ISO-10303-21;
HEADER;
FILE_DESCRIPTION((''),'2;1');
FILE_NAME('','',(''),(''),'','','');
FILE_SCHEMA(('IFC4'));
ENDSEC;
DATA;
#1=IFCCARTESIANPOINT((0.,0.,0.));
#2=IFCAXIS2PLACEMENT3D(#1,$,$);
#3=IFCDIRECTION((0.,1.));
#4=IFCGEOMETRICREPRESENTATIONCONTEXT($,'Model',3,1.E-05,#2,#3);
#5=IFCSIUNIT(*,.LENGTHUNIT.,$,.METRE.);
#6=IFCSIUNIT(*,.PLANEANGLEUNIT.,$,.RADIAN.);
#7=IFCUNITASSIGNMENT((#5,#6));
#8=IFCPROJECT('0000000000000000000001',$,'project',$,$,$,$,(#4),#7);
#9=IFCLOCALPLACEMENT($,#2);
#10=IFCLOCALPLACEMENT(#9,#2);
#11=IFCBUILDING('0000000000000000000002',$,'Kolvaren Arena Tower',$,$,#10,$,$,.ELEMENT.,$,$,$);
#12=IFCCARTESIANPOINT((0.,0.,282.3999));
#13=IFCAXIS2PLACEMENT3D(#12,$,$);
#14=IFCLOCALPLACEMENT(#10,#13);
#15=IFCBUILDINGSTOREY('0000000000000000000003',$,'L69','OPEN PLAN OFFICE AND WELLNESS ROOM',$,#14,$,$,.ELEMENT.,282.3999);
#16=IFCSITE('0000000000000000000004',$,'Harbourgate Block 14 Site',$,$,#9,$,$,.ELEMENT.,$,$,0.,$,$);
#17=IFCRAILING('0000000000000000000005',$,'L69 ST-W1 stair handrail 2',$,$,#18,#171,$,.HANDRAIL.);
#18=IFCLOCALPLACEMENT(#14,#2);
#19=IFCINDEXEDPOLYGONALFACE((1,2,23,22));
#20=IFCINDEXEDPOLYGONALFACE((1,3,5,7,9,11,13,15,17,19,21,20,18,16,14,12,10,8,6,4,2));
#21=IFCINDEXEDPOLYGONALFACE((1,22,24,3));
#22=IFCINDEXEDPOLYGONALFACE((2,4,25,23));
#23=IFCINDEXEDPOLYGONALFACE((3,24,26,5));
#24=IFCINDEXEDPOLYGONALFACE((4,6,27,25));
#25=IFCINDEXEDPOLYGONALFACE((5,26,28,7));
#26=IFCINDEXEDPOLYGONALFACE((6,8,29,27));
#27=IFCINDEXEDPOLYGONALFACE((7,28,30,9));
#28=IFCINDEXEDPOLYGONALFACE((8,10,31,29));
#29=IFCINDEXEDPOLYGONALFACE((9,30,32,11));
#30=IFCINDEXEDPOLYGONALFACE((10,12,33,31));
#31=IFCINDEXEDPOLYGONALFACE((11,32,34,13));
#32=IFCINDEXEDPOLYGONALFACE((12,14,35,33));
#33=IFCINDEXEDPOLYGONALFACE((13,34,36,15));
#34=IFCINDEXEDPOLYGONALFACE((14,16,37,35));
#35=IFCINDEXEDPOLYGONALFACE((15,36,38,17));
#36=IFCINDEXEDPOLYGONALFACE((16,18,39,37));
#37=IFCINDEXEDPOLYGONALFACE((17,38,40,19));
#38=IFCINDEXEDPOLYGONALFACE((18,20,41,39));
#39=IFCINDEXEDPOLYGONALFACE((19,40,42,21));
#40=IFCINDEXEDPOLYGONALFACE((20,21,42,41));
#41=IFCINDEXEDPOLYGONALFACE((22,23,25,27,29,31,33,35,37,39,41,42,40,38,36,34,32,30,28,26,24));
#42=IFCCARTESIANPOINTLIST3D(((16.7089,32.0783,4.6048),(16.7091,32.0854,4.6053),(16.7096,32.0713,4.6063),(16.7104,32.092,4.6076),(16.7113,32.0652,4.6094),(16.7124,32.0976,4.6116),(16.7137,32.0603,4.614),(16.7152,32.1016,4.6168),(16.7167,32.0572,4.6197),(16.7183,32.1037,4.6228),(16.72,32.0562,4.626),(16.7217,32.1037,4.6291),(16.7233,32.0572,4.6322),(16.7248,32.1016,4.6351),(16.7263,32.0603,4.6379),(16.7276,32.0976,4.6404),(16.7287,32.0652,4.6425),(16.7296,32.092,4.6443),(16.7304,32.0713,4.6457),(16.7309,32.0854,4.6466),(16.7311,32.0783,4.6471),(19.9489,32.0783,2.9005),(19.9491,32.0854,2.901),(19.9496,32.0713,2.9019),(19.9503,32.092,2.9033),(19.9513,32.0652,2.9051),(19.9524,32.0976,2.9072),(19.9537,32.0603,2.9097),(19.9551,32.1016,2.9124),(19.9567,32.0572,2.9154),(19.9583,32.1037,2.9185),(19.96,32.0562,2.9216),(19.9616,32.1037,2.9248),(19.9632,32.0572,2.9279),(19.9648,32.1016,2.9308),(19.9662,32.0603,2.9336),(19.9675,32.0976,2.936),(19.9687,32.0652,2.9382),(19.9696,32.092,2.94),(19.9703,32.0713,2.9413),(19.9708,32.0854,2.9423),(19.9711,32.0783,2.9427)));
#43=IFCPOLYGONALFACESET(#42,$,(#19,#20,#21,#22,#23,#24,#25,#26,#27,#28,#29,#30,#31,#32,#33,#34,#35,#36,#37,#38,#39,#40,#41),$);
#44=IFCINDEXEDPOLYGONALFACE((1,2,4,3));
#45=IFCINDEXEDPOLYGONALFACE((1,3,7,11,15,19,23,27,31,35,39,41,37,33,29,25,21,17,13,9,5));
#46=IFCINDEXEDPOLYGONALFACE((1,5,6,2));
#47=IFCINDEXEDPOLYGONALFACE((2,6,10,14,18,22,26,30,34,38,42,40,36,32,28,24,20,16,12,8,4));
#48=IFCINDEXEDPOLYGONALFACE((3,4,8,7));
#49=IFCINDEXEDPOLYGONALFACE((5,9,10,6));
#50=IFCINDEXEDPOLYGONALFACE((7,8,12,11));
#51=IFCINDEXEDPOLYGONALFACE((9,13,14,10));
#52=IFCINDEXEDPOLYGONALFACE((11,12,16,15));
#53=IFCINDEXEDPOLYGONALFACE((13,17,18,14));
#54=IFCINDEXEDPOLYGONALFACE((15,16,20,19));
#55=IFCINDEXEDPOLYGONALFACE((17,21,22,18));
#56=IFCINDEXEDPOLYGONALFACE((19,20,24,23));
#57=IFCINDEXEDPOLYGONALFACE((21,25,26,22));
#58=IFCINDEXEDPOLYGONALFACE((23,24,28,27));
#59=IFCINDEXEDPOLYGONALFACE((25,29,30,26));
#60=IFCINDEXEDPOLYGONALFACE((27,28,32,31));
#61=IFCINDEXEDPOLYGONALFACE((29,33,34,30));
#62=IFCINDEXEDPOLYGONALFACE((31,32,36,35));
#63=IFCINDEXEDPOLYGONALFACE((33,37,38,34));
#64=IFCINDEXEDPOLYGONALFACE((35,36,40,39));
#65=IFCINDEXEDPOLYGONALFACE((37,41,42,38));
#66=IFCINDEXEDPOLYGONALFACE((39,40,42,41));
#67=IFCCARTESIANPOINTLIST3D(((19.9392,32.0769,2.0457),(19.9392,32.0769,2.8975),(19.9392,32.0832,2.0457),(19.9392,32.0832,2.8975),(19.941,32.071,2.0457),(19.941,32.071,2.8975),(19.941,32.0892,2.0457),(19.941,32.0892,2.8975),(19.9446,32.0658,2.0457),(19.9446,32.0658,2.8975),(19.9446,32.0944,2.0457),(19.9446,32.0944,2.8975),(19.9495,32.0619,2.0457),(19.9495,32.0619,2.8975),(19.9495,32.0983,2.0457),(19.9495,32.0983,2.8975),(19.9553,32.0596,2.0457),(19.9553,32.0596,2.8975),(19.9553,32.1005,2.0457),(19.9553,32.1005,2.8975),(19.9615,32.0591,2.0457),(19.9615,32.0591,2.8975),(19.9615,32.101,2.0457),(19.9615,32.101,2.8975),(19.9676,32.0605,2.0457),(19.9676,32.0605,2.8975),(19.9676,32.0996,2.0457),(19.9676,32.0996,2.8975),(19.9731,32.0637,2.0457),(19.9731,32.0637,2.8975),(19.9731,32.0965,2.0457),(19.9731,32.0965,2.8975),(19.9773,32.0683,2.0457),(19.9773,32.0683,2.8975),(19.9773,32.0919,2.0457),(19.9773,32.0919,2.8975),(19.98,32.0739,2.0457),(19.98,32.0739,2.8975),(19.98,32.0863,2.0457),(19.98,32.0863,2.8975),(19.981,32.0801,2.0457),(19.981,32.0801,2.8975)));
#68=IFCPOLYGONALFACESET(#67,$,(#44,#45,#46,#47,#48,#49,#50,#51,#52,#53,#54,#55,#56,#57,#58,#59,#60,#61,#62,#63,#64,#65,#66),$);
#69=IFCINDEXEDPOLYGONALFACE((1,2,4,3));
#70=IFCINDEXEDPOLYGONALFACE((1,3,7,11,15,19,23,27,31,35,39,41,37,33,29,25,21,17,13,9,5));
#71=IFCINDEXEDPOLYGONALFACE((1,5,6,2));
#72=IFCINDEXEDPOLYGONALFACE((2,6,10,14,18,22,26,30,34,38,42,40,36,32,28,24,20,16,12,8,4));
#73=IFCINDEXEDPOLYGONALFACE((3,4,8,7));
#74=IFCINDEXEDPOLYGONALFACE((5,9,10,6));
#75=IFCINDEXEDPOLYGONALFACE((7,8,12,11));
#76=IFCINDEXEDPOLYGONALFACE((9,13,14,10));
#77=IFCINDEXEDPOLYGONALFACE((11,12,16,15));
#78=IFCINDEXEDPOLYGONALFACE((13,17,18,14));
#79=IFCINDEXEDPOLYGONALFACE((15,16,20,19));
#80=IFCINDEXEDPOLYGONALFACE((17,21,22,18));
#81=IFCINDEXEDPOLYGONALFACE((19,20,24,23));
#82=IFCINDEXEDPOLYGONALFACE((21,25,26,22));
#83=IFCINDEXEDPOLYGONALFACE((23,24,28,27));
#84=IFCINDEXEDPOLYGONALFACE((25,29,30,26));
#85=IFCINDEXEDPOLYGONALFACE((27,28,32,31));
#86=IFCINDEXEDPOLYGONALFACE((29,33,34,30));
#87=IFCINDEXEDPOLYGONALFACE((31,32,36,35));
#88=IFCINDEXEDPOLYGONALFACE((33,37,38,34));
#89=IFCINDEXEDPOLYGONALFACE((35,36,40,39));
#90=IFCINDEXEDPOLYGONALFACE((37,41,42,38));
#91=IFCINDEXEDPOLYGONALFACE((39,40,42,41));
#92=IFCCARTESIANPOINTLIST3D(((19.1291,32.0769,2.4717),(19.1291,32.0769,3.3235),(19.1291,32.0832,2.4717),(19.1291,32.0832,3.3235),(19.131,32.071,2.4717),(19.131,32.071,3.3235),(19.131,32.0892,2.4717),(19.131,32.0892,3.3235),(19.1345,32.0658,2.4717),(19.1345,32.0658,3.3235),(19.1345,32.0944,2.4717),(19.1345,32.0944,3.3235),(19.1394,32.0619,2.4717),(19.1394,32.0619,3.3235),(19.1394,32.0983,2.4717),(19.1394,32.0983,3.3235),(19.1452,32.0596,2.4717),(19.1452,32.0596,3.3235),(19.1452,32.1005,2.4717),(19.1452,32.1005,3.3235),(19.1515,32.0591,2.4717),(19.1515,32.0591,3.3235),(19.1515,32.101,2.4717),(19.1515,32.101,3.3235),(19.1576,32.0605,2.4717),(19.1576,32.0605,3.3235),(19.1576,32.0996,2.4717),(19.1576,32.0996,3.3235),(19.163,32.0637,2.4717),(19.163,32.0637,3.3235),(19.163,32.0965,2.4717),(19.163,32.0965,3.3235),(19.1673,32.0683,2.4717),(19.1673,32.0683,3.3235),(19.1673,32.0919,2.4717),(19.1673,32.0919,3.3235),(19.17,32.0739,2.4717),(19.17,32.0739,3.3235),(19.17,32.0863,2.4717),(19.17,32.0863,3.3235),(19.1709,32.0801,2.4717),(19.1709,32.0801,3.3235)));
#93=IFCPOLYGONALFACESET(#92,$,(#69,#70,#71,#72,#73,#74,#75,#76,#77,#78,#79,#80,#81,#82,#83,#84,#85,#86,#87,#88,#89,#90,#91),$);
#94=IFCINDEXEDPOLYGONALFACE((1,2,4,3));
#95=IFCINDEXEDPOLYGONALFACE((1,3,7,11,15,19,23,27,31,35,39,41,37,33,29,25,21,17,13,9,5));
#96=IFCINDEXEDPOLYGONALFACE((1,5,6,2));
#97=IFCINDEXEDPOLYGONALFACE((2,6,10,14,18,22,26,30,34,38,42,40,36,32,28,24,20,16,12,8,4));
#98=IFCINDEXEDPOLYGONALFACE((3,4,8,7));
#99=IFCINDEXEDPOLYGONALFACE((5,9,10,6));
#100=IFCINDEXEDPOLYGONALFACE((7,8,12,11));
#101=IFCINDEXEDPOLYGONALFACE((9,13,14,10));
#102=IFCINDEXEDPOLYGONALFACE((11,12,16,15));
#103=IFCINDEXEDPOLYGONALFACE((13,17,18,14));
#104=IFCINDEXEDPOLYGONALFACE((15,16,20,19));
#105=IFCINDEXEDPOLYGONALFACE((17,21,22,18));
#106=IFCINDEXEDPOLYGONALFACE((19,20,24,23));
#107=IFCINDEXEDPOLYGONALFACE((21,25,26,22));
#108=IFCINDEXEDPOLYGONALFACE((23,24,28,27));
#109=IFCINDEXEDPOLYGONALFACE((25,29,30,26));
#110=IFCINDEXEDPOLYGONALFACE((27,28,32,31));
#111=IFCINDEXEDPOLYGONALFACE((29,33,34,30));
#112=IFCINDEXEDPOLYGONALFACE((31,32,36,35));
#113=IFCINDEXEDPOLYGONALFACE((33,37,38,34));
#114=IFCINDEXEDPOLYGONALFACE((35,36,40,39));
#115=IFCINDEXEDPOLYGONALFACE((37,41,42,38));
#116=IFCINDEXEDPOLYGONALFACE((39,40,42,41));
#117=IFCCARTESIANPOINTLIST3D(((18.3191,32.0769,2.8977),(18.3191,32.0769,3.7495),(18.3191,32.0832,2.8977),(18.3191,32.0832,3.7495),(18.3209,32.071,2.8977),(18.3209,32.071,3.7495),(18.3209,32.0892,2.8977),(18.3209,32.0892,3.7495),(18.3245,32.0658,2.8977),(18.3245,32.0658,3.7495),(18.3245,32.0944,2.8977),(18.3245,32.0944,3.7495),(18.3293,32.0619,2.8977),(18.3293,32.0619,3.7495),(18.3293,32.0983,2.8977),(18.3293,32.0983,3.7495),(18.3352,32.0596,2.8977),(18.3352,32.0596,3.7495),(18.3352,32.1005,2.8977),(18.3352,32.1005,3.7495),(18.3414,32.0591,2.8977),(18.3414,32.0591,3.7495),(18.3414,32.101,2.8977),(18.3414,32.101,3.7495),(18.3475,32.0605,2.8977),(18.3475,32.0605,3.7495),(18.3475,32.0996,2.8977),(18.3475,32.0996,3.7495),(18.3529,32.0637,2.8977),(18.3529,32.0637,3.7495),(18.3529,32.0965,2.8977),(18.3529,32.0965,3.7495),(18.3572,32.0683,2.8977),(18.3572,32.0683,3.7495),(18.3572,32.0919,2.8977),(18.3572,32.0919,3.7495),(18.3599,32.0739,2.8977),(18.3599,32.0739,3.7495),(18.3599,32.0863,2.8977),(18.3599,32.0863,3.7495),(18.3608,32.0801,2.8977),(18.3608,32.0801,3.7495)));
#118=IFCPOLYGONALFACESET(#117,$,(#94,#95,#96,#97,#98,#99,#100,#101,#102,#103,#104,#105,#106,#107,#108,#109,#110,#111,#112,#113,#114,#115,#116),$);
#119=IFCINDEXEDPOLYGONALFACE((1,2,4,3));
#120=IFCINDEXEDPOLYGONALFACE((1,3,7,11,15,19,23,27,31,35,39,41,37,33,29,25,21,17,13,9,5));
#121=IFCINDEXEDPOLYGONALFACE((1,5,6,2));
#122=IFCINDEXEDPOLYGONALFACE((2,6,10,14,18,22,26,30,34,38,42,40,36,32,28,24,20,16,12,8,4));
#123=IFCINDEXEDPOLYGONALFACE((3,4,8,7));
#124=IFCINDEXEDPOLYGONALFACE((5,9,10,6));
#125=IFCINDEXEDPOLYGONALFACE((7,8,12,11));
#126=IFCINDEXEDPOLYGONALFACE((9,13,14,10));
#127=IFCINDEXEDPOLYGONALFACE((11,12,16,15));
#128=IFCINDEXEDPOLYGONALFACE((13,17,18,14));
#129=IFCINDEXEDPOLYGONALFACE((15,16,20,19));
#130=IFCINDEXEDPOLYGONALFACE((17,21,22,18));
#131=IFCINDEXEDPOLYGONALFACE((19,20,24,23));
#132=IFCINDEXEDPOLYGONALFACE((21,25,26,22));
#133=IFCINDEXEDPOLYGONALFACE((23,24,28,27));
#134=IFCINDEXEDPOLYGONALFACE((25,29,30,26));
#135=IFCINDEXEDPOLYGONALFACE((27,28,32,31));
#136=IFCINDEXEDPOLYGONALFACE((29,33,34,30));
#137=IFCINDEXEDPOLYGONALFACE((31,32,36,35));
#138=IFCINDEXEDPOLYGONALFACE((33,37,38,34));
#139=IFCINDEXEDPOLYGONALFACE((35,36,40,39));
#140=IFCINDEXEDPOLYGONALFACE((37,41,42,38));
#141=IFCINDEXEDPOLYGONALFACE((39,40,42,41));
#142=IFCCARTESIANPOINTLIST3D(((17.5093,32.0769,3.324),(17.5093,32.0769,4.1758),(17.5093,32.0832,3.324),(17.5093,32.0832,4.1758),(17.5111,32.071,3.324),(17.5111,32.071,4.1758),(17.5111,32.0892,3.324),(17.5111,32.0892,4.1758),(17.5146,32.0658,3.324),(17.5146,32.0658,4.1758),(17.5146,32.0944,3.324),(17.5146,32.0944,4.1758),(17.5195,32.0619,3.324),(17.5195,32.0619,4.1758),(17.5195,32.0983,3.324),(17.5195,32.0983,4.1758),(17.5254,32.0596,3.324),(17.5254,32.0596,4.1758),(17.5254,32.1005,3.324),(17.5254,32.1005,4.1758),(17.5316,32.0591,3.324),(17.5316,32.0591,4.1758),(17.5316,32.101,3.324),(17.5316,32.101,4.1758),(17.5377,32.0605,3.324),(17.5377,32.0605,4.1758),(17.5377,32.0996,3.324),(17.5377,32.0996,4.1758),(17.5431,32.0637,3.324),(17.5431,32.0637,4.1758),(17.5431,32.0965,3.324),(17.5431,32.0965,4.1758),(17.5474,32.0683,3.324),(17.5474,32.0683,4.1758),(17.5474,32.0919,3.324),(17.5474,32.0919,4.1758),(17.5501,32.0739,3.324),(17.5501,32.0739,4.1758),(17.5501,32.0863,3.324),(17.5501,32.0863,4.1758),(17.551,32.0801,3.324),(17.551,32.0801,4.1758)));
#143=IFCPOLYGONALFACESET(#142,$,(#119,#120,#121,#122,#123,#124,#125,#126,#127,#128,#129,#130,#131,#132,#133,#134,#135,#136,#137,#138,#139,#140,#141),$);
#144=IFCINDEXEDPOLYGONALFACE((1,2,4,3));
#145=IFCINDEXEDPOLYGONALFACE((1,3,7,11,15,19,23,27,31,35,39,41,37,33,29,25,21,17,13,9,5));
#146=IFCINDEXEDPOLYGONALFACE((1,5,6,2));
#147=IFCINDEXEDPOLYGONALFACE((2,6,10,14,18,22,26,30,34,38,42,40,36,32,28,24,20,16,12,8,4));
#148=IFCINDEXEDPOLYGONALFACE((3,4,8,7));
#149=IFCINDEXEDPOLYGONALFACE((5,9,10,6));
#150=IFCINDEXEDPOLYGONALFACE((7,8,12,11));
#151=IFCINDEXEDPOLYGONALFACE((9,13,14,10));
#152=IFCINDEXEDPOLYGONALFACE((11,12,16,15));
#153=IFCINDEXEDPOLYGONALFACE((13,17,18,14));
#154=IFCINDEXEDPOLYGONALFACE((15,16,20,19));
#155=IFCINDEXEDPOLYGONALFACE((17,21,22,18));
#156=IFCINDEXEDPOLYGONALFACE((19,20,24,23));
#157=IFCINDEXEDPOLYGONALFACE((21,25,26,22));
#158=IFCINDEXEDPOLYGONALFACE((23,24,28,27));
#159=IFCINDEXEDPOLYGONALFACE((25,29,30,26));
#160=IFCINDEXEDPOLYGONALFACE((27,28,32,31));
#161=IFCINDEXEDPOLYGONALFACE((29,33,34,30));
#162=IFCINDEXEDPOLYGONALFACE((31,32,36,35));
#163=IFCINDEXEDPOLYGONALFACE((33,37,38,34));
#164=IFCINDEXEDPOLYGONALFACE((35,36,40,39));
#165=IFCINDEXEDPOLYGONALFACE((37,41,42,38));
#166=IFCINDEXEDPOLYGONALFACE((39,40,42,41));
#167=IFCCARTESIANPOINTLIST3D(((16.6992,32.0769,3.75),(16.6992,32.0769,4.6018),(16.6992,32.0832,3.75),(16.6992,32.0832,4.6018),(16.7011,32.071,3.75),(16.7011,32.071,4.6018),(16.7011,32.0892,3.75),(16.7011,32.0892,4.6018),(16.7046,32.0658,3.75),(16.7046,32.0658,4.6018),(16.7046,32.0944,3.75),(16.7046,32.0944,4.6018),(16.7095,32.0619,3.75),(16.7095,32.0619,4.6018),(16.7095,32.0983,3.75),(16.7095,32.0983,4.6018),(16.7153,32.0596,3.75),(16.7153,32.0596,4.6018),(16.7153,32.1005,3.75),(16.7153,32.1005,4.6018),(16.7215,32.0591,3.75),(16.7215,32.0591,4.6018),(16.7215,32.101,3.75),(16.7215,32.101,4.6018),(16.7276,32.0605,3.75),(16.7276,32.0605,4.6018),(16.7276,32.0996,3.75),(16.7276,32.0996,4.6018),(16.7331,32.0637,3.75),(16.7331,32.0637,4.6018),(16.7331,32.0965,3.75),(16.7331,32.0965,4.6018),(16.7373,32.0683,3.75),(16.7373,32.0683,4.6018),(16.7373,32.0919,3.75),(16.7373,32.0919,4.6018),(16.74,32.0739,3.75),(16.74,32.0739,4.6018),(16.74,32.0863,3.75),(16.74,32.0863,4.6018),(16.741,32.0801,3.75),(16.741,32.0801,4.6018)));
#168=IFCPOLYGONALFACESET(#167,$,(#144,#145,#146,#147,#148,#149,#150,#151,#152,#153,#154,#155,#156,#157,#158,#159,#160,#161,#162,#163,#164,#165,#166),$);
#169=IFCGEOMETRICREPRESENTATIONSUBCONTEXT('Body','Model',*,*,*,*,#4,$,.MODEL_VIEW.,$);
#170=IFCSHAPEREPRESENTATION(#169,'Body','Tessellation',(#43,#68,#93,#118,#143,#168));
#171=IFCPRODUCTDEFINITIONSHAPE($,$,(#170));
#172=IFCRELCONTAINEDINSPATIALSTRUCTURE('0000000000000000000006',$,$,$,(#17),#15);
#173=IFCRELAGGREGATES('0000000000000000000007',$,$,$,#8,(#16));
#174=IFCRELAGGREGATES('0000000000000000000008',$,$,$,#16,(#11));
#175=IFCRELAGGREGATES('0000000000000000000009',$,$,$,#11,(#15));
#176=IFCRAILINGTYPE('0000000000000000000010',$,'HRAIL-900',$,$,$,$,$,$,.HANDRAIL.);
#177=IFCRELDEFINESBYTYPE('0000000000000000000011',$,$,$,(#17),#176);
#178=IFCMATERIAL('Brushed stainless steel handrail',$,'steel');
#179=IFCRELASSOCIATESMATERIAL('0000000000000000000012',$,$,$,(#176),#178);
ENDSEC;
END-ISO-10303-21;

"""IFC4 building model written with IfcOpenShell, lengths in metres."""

from ifc_helpers import new_model, si_unit, direction, frame, origin, origin_2d, place, context, subcontext, project, spatial, circle, extrude, material, type_object, element, save


model = new_model("IFC4")

# Units and contexts
model_context = context("Model", 3, precision=1e-05, world=origin(), true_north=direction((0.0, 1.0)))
body_context = subcontext(model_context, "Body", "Model", "MODEL_VIEW")
ifc_project = project(units=[si_unit("LENGTHUNIT", "METRE"), si_unit("PLANEANGLEUNIT", "RADIAN")], contexts=[model_context])

# Site, building, storey
site_placement = place(None, origin())
site = spatial("IfcSite", under=ifc_project, at=site_placement, Name="Harbourgate Block 14 Site", CompositionType="ELEMENT", RefElevation=0.0)
building_placement = place(site_placement, origin())
building = spatial("IfcBuilding", under=site, at=building_placement, Name="Kolvaren Arena Tower", CompositionType="ELEMENT")
storey_placement = place(building_placement, frame((0.0, 0.0, 282.3999)))
storey = spatial("IfcBuildingStorey", under=building, at=storey_placement, Name="L69", Description="OPEN PLAN OFFICE AND WELLNESS ROOM", CompositionType="ELEMENT", Elevation=282.3999)

# Railing
ifc_material_1 = material(Name="Brushed stainless steel handrail", Category="steel")
railing_type_1 = type_object("IfcRailingType", Name="HRAIL-900", PredefinedType="HANDRAIL", material=ifc_material_1)
railing_1_placement = place(storey_placement, frame((19.96, 32.0801, 2.0457)))
element("IfcRailing", 1, at=railing_1_placement, inside=storey, type_object=railing_type_1, Name="L69 ST-W1 stair handrail 2", PredefinedType="HANDRAIL", context=body_context, shape_type="SweptSolid", body=[
    extrude(circle(Radius=0.0239, at=origin_2d()), frame((0.0, 0.0, 0.876), z_axis=(-0.885021, 0.0, 0.465551), x_axis=(0.0, -1.0, 0.0)), (0.0, 0.0, 1.0), 3.6609),
    extrude(circle(Radius=0.021, at=origin_2d()), origin(), (0.0, 0.0, 1.0), 0.8518),
    extrude(circle(Radius=0.021, at=origin_2d()), frame((-0.8101, 0.0, 0.426)), (0.0, 0.0, 1.0), 0.8518),
    extrude(circle(Radius=0.021, at=origin_2d()), frame((-1.6201, 0.0, 0.8521)), (0.0, 0.0, 1.0), 0.8518),
    extrude(circle(Radius=0.021, at=origin_2d()), frame((-2.4299, 0.0, 1.2783)), (0.0, 0.0, 1.0), 0.8518),
    extrude(circle(Radius=0.021, at=origin_2d()), frame((-3.24, 0.0, 1.7043)), (0.0, 0.0, 1.0), 0.8518),
])

save(model, "model.ifc")
